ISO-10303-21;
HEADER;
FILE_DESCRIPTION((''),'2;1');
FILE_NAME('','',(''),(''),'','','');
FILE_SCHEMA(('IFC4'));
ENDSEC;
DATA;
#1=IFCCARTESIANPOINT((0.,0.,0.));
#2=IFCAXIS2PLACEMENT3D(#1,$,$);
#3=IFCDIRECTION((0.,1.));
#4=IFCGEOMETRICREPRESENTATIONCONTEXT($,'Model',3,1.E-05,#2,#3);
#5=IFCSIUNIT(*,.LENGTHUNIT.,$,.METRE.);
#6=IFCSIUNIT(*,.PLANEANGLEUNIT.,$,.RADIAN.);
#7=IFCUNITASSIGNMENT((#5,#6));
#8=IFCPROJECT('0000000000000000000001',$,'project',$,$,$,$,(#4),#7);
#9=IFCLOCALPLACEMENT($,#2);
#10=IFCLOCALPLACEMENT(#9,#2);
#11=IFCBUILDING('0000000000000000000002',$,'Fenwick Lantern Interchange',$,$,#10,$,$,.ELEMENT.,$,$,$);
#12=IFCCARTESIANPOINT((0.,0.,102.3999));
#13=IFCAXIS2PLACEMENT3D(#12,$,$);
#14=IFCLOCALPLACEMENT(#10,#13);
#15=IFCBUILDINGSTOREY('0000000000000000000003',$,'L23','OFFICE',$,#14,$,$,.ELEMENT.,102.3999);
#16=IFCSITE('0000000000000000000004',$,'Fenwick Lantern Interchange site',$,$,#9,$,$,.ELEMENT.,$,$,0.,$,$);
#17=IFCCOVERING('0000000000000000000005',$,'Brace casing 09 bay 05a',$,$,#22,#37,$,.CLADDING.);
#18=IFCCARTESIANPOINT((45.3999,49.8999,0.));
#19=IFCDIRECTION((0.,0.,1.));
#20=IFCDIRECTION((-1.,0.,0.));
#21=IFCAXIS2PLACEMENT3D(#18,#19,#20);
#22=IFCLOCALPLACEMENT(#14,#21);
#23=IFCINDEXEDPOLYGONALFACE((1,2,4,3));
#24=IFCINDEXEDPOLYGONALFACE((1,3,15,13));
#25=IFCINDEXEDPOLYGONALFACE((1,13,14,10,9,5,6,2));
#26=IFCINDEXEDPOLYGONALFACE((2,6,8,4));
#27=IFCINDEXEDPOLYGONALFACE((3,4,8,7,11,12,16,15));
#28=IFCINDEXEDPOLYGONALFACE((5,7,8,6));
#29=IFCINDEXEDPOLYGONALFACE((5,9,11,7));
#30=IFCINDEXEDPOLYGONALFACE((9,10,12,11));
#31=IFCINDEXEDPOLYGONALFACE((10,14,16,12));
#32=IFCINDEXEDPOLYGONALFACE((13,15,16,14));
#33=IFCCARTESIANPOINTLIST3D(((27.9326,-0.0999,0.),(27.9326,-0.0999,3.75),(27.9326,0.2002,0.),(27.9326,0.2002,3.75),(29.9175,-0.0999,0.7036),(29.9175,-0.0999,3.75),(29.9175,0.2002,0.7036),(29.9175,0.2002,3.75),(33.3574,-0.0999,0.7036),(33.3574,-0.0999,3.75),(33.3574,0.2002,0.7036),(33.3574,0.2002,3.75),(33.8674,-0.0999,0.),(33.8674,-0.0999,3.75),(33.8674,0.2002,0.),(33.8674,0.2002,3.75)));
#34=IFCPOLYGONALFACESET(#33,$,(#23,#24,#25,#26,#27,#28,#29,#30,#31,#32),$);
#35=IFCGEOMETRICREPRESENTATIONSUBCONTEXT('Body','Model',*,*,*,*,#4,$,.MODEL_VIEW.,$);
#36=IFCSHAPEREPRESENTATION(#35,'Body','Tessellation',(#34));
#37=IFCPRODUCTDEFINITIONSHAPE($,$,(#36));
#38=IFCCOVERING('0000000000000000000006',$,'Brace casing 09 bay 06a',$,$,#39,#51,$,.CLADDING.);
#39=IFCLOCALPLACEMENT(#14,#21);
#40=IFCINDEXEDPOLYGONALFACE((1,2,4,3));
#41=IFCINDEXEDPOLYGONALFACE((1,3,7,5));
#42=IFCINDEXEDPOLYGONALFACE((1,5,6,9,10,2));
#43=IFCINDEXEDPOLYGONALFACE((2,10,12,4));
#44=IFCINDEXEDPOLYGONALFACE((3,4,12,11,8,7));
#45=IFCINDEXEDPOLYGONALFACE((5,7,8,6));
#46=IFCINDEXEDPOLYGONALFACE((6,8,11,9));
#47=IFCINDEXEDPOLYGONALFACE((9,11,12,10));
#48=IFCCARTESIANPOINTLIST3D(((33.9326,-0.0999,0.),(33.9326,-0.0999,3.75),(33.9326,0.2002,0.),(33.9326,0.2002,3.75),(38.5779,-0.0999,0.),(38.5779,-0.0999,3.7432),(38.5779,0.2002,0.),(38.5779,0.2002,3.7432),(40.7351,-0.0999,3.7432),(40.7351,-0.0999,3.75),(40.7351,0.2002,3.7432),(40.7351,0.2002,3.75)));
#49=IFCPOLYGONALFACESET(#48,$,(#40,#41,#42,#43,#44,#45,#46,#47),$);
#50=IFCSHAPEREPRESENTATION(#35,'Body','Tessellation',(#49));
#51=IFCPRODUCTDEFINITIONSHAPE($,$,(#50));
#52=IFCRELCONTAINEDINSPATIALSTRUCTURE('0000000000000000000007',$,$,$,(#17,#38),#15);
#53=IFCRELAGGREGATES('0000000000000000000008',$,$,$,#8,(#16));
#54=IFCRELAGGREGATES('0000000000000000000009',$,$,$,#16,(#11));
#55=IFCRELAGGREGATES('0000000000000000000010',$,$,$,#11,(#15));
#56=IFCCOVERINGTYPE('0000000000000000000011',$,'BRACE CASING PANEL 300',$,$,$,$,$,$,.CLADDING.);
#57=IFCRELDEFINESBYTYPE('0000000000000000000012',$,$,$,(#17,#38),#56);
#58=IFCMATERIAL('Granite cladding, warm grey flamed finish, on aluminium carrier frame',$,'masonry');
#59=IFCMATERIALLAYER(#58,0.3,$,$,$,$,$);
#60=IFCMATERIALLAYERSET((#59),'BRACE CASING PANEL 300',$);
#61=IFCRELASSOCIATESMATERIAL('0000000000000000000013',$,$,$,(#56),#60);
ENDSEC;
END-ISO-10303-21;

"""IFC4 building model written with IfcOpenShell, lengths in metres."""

from ifc_helpers import new_model, si_unit, direction, frame, origin, place, context, subcontext, project, spatial, polyline, outline, extrude, material, layer, layer_set, type_object, element, save


model = new_model("IFC4")

# Units and contexts
model_context = context("Model", 3, precision=1e-05, world=origin(), true_north=direction((0.0, 1.0)))
body_context = subcontext(model_context, "Body", "Model", "MODEL_VIEW")
ifc_project = project(units=[si_unit("LENGTHUNIT", "METRE"), si_unit("PLANEANGLEUNIT", "RADIAN")], contexts=[model_context])

# Site, building, storey
site_placement = place(None, origin())
site = spatial("IfcSite", under=ifc_project, at=site_placement, Name="Fenwick Lantern Interchange site", CompositionType="ELEMENT", RefElevation=0.0)
building_placement = place(site_placement, origin())
building = spatial("IfcBuilding", under=site, at=building_placement, Name="Fenwick Lantern Interchange", CompositionType="ELEMENT")
storey_placement = place(building_placement, frame((0.0, 0.0, 102.3999)))
storey = spatial("IfcBuildingStorey", under=building, at=storey_placement, Name="L23", Description="OFFICE", CompositionType="ELEMENT", Elevation=102.3999)

# Coverings
ifc_material_1 = material(Name="Granite cladding, warm grey flamed finish, on aluminium carrier frame", Category="masonry")
ifc_layer_1 = layer(ifc_material_1, 0.3)
ifc_layer_set_1 = layer_set([ifc_layer_1], Name="BRACE CASING PANEL 300")
covering_type = type_object("IfcCoveringType", Name="BRACE CASING PANEL 300", PredefinedType="CLADDING", material=ifc_layer_set_1)
covering_1_placement = place(storey_placement, frame((45.3999, 49.8999, 0.0), z_axis=(0.0, 0.0, 1.0), x_axis=(-1.0, 0.0, 0.0)))
element("IfcCovering", 1, at=covering_1_placement, inside=storey, type_object=covering_type, Name="Brace casing 09 bay 05a", PredefinedType="CLADDING", context=body_context, shape_type="SweptSolid", body=[
    extrude(outline(polyline([(27.9326, 0.0), (33.8674, 0.0), (33.8674, 3.75), (33.3574, 3.75), (33.3574, 0.7036), (29.9175, 0.7036), (29.9175, 3.75), (27.9326, 3.75), (27.9326, 0.0)])), frame((0.0, 0.2002, 0.0), z_axis=(0.0, -1.0, 0.0), x_axis=(1.0, 0.0, 0.0)), (0.0, 0.0, 1.0), 0.3),
])
covering_2_placement = place(storey_placement, frame((45.3999, 49.8999, 0.0), z_axis=(0.0, 0.0, 1.0), x_axis=(-1.0, 0.0, 0.0)))
element("IfcCovering", 2, at=covering_2_placement, inside=storey, type_object=covering_type, Name="Brace casing 09 bay 06a", PredefinedType="CLADDING", context=body_context, shape_type="SweptSolid", body=[
    extrude(outline(polyline([(33.9326, 0.0), (38.5779, 0.0), (38.5779, 3.7432), (40.7351, 3.7432), (40.7351, 3.75), (33.9326, 3.75), (33.9326, 0.0)])), frame((0.0, 0.2002, 0.0), z_axis=(0.0, -1.0, 0.0), x_axis=(1.0, 0.0, 0.0)), (0.0, 0.0, 1.0), 0.3),
])

save(model, "model.ifc")
